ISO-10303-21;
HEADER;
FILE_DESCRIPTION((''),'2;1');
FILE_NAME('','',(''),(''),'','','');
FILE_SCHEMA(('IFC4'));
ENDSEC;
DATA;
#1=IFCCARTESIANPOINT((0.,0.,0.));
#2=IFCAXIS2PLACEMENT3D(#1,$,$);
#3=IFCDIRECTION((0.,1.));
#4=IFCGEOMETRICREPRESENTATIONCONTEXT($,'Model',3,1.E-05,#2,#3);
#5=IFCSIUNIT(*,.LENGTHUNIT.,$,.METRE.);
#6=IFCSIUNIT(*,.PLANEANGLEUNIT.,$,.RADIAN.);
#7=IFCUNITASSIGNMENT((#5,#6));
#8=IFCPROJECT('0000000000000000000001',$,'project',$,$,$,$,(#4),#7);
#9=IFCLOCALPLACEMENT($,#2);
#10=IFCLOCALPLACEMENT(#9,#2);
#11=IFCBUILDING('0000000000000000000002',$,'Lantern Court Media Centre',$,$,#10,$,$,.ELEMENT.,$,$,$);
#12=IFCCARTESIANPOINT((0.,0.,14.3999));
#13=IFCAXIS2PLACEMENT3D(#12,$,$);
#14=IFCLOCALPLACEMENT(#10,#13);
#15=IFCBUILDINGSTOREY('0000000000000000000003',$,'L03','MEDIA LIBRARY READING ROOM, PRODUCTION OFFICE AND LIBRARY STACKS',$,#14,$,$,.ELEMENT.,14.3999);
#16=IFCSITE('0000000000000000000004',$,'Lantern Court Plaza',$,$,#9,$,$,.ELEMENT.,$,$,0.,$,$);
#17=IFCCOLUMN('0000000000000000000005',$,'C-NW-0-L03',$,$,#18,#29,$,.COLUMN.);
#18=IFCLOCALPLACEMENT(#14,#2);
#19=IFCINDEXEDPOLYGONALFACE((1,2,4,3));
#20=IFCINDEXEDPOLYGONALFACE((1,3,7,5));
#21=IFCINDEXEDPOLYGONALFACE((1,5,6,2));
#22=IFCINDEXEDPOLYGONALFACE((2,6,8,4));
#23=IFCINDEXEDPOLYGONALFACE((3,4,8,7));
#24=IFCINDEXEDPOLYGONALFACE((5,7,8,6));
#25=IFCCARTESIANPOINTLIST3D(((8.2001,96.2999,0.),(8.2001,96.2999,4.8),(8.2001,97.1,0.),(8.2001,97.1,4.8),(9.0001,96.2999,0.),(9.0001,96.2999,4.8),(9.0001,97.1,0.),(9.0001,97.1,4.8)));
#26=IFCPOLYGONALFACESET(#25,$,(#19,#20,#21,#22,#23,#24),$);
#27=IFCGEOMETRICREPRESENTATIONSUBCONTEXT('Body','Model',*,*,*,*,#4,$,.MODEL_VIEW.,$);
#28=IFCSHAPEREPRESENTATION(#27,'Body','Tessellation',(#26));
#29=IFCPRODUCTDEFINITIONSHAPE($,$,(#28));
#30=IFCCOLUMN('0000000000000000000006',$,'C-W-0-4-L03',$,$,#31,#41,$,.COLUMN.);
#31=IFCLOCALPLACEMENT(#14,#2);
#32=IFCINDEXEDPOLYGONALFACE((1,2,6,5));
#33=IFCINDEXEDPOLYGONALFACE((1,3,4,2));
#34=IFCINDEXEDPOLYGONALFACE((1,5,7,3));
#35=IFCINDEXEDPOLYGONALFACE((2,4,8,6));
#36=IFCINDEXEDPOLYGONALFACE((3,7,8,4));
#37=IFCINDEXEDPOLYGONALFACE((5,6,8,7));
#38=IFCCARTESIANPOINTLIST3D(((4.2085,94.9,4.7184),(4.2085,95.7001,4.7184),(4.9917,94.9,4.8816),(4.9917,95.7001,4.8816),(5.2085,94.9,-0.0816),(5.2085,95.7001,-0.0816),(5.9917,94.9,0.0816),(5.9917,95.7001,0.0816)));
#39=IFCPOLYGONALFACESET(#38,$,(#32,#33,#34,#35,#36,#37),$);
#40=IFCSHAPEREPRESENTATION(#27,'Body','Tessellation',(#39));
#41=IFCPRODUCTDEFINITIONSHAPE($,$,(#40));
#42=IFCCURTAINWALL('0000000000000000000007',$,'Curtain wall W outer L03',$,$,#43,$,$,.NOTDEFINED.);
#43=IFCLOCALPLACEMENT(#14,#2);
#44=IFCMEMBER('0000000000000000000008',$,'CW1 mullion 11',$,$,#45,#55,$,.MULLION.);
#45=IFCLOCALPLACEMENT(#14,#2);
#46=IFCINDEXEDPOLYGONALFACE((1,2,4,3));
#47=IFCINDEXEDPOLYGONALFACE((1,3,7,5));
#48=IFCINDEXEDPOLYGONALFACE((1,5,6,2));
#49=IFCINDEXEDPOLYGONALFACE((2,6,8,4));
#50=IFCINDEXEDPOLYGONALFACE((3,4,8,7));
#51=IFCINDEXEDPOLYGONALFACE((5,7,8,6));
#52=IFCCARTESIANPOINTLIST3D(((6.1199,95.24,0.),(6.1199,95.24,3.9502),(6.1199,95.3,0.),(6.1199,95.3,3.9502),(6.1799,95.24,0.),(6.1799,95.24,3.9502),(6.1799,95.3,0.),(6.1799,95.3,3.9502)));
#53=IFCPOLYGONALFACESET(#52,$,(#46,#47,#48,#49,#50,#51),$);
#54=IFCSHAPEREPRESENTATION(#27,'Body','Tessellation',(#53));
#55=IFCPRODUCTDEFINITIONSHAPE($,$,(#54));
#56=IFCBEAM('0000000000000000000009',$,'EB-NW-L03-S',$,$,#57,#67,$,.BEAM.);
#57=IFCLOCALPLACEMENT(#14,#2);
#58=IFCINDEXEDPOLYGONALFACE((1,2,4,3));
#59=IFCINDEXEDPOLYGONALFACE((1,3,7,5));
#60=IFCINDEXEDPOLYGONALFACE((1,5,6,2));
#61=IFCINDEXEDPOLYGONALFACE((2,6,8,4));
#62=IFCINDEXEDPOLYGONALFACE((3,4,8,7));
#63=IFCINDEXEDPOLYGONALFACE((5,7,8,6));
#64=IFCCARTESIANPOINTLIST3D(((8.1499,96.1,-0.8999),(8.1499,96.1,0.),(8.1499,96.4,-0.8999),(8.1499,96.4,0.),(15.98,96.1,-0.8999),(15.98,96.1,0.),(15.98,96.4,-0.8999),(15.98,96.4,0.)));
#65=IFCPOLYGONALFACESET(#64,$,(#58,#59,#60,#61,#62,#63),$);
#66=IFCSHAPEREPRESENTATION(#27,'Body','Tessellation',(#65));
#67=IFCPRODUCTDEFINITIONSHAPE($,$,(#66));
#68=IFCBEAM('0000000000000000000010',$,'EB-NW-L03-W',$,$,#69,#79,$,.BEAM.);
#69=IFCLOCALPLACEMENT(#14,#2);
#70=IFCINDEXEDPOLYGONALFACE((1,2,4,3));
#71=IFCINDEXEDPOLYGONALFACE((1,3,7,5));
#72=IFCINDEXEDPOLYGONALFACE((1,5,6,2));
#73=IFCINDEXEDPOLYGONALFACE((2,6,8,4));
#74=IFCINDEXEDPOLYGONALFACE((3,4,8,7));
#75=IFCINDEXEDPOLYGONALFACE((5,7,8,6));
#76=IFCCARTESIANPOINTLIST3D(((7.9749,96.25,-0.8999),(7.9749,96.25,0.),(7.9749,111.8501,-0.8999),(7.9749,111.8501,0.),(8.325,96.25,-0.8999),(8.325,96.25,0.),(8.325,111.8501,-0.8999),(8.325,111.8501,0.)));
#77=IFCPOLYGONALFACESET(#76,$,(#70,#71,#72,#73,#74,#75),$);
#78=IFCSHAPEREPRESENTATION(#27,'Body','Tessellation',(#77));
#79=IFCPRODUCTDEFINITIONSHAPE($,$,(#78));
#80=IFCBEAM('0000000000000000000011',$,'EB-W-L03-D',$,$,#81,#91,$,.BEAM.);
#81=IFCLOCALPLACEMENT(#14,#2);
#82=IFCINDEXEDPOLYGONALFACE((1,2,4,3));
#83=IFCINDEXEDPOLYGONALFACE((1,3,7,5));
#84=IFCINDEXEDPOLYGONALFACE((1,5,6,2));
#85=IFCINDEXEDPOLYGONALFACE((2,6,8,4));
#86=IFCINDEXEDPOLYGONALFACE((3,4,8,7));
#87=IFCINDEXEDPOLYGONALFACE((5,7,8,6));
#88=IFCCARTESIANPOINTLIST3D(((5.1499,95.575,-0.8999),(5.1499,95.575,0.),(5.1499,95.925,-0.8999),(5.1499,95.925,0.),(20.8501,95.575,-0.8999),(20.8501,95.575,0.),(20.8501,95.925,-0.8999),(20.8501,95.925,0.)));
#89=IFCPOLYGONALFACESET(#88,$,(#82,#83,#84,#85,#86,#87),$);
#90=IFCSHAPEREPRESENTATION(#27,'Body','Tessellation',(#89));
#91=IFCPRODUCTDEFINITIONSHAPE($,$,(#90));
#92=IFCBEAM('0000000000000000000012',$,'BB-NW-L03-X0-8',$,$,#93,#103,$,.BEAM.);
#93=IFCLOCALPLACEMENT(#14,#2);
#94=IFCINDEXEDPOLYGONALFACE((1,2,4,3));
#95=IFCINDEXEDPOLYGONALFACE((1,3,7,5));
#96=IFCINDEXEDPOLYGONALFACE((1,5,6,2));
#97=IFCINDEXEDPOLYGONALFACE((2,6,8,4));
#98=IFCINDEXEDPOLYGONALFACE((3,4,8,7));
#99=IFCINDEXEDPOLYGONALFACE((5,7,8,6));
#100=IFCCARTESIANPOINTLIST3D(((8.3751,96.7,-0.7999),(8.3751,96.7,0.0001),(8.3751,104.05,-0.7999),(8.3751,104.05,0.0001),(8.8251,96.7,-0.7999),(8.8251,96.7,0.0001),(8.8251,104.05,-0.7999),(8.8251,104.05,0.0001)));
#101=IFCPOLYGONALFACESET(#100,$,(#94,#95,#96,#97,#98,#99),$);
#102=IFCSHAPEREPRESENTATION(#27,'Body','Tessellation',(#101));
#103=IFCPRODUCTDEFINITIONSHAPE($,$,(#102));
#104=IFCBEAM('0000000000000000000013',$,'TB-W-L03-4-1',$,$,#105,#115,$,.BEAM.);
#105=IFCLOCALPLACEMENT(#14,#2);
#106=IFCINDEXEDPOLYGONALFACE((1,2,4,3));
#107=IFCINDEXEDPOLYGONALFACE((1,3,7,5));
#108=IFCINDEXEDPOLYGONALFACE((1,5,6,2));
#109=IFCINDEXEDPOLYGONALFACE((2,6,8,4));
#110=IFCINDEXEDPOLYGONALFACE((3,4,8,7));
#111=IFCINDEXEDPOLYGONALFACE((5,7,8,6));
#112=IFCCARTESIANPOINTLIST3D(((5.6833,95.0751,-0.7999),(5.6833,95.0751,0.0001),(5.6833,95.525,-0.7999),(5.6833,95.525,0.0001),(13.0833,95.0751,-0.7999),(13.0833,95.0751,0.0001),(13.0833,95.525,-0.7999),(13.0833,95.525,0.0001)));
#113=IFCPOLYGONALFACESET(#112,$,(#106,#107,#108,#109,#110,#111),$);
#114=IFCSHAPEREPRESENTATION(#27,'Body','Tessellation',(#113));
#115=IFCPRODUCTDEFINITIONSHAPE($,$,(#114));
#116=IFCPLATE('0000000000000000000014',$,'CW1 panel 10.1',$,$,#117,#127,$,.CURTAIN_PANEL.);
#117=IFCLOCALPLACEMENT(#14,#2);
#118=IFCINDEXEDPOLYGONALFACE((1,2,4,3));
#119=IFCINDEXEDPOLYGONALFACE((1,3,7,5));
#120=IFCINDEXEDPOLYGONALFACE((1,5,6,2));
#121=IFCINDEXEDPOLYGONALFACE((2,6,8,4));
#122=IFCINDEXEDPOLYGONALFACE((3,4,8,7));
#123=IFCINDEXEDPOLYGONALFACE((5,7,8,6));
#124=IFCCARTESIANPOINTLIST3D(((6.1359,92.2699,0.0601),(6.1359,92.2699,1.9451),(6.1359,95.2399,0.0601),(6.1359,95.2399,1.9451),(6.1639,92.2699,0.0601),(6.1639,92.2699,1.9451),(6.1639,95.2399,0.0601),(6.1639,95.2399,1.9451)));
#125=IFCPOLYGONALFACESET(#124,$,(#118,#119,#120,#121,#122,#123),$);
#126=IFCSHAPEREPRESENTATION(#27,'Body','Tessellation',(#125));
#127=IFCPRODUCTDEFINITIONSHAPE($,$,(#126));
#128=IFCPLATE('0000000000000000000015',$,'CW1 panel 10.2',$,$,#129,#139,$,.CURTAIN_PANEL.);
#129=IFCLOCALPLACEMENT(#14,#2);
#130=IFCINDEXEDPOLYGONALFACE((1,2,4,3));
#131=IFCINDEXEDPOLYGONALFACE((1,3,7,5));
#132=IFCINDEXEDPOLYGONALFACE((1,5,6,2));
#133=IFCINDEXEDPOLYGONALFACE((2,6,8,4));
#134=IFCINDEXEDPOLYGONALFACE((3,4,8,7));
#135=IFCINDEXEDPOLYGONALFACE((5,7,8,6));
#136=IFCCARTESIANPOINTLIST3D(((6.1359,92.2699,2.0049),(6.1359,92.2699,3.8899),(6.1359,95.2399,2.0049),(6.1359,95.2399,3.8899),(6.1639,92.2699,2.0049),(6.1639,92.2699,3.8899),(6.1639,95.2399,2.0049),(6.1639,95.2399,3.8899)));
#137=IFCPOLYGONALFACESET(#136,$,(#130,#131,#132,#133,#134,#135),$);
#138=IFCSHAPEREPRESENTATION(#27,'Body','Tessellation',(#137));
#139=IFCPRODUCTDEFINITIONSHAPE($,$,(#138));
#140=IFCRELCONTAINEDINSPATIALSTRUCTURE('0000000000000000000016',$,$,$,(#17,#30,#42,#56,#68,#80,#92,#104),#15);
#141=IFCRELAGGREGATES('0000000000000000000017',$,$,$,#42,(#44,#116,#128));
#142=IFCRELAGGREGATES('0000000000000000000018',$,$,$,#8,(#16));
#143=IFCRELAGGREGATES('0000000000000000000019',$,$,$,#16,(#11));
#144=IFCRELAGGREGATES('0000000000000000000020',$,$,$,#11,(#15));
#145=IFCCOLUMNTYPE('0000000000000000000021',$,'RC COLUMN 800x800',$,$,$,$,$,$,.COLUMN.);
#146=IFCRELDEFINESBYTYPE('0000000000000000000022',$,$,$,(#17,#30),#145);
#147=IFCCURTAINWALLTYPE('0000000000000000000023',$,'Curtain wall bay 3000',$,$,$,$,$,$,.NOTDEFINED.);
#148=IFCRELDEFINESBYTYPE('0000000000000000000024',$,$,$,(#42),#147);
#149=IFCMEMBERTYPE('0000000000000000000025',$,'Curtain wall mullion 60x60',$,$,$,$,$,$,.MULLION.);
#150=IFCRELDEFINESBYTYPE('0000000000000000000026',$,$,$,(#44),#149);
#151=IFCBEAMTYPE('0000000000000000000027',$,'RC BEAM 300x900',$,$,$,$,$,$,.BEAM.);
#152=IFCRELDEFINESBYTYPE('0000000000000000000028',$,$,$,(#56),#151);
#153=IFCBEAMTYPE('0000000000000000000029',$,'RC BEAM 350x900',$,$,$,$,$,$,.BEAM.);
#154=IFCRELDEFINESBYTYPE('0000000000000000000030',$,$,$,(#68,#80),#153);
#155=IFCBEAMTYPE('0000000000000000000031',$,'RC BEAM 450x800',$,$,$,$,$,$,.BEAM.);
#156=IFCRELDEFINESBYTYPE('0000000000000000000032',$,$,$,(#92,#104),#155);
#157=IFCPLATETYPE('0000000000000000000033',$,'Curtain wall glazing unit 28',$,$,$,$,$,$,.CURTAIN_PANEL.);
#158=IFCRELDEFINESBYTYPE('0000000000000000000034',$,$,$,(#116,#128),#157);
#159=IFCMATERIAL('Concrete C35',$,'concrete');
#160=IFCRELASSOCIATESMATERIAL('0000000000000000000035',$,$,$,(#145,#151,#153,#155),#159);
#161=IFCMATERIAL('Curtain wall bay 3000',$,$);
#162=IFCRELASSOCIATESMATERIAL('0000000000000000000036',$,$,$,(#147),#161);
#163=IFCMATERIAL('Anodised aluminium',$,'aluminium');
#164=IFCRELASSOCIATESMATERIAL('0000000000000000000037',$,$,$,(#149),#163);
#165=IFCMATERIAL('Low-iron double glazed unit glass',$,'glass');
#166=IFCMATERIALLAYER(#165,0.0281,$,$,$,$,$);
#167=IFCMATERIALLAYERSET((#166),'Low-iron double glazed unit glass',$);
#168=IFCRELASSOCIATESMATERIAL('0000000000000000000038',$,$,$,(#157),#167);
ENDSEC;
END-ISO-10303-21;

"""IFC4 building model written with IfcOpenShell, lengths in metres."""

from ifc_helpers import new_model, si_unit, direction, frame, origin, origin_2d, place, context, subcontext, project, spatial, rectangle, extrude, material, layer, layer_set, material_profile, profile_set, type_object, element, aggregate, save


model = new_model("IFC4")

# Units and contexts
model_context = context("Model", 3, precision=1e-05, world=origin(), true_north=direction((0.0, 1.0)))
body_context = subcontext(model_context, "Body", "Model", "MODEL_VIEW")
ifc_project = project(units=[si_unit("LENGTHUNIT", "METRE"), si_unit("PLANEANGLEUNIT", "RADIAN")], contexts=[model_context])

# Site, building, storey
site_placement = place(None, origin())
site = spatial("IfcSite", under=ifc_project, at=site_placement, Name="Lantern Court Plaza", CompositionType="ELEMENT", RefElevation=0.0)
building_placement = place(site_placement, origin())
building = spatial("IfcBuilding", under=site, at=building_placement, Name="Lantern Court Media Centre", CompositionType="ELEMENT")
storey_placement = place(building_placement, frame((0.0, 0.0, 14.3999)))
storey = spatial("IfcBuildingStorey", under=building, at=storey_placement, Name="L03", Description="MEDIA LIBRARY READING ROOM, PRODUCTION OFFICE AND LIBRARY STACKS", CompositionType="ELEMENT", Elevation=14.3999)

# Columns
ifc_material_1 = material(Name="Concrete C35", Category="concrete")
ifc_material_profile_1 = material_profile(ifc_material_1, rectangle(XDim=0.8, YDim=0.8, at=origin_2d()), Name="RC 800x800")
ifc_profile_set_1 = profile_set([ifc_material_profile_1], Name="Concrete C35")
column_type = type_object("IfcColumnType", Name="RC COLUMN 800x800", PredefinedType="COLUMN", material=ifc_profile_set_1)
column_1_placement = place(storey_placement, frame((8.6001, 96.7, 0.0), z_axis=(0.0, 0.0, 1.0), x_axis=(1.0, 0.0, 0.0)))
element("IfcColumn", 1, at=column_1_placement, inside=storey, type_object=column_type, Name="C-NW-0-L03", PredefinedType="COLUMN", context=body_context, shape_type="SweptSolid", body=[
    extrude(rectangle(XDim=0.8, YDim=0.8, at=origin_2d()), origin(), (0.0, 0.0, 1.0), 4.8),
])
column_2_placement = place(storey_placement, frame((5.6001, 95.3, 0.0), z_axis=(-0.203952, 0.0, 0.978981), x_axis=(0.0, -1.0, 0.0)))
element("IfcColumn", 2, at=column_2_placement, inside=storey, type_object=column_type, Name="C-W-0-4-L03", PredefinedType="COLUMN", context=body_context, shape_type="SweptSolid", body=[
    extrude(rectangle(XDim=0.8, YDim=0.8, at=origin_2d()), origin(), (0.0, 0.0, 1.0), 4.9031),
])

# Curtain wall, member
ifc_material_2 = material(Name="Curtain wall bay 3000")
curtain_wall_type = type_object("IfcCurtainWallType", Name="Curtain wall bay 3000", PredefinedType="NOTDEFINED", material=ifc_material_2)
curtain_wall_placement = place(storey_placement, origin())
curtain_wall = element("IfcCurtainWall", 3, at=curtain_wall_placement, inside=storey, type_object=curtain_wall_type, Name="Curtain wall W outer L03", PredefinedType="NOTDEFINED")
ifc_material_3 = material(Name="Anodised aluminium", Category="aluminium")
ifc_material_profile_2 = material_profile(ifc_material_3, rectangle(XDim=0.0601, YDim=0.0601, at=origin_2d()), Name="AL 60x60")
ifc_profile_set_2 = profile_set([ifc_material_profile_2], Name="Anodised aluminium")
member_type = type_object("IfcMemberType", Name="Curtain wall mullion 60x60", PredefinedType="MULLION", material=ifc_profile_set_2)
member_placement = place(storey_placement, frame((6.1499, 95.27, 0.0), z_axis=(0.0, 0.0, 1.0), x_axis=(-1.0, 0.0, 0.0)))
member = element("IfcMember", 4, at=member_placement, type_object=member_type, Name="CW1 mullion 11", PredefinedType="MULLION", context=body_context, shape_type="SweptSolid", body=[
    extrude(rectangle(XDim=0.0601, YDim=0.0601, at=origin_2d()), origin(), (0.0, 0.0, 1.0), 3.9502),
])

# Beams
ifc_material_profile_3 = material_profile(ifc_material_1, rectangle(XDim=0.3, YDim=0.8999, at=origin_2d()), Name="RC 300x900")
ifc_profile_set_3 = profile_set([ifc_material_profile_3], Name="Concrete C35")
beam_type_1 = type_object("IfcBeamType", Name="RC BEAM 300x900", PredefinedType="BEAM", material=ifc_profile_set_3)
beam_1_placement = place(storey_placement, frame((8.1499, 96.25, -0.45), z_axis=(1.0, 0.0, 0.0), x_axis=(0.0, 1.0, 0.0)))
element("IfcBeam", 5, at=beam_1_placement, inside=storey, type_object=beam_type_1, Name="EB-NW-L03-S", PredefinedType="BEAM", context=body_context, shape_type="SweptSolid", body=[
    extrude(rectangle(XDim=0.3, YDim=0.8999, at=origin_2d()), origin(), (0.0, 0.0, 1.0), 7.8301),
])
ifc_material_profile_4 = material_profile(ifc_material_1, rectangle(XDim=0.3501, YDim=0.8999, at=origin_2d()), Name="RC 350x900")
ifc_profile_set_4 = profile_set([ifc_material_profile_4], Name="Concrete C35")
beam_type_2 = type_object("IfcBeamType", Name="RC BEAM 350x900", PredefinedType="BEAM", material=ifc_profile_set_4)
beam_2_placement = place(storey_placement, frame((8.1499, 96.25, -0.45), z_axis=(0.0, 1.0, 0.0), x_axis=(-1.0, 0.0, 0.0)))
element("IfcBeam", 6, at=beam_2_placement, inside=storey, type_object=beam_type_2, Name="EB-NW-L03-W", PredefinedType="BEAM", context=body_context, shape_type="SweptSolid", body=[
    extrude(rectangle(XDim=0.3501, YDim=0.8999, at=origin_2d()), origin(), (0.0, 0.0, 1.0), 15.6001),
])
beam_3_placement = place(storey_placement, frame((5.1499, 95.75, -0.45), z_axis=(1.0, 0.0, 0.0), x_axis=(0.0, 1.0, 0.0)))
element("IfcBeam", 7, at=beam_3_placement, inside=storey, type_object=beam_type_2, Name="EB-W-L03-D", PredefinedType="BEAM", context=body_context, shape_type="SweptSolid", body=[
    extrude(rectangle(XDim=0.3501, YDim=0.8999, at=origin_2d()), origin(), (0.0, 0.0, 1.0), 15.7002),
])
ifc_material_profile_5 = material_profile(ifc_material_1, rectangle(XDim=0.45, YDim=0.8, at=origin_2d()), Name="RC 450x800")
ifc_profile_set_5 = profile_set([ifc_material_profile_5], Name="Concrete C35")
beam_type_3 = type_object("IfcBeamType", Name="RC BEAM 450x800", PredefinedType="BEAM", material=ifc_profile_set_5)
beam_4_placement = place(storey_placement, frame((8.6001, 96.7, -0.3999), z_axis=(0.0, 1.0, 0.0), x_axis=(-1.0, 0.0, 0.0)))
element("IfcBeam", 8, at=beam_4_placement, inside=storey, type_object=beam_type_3, Name="BB-NW-L03-X0-8", PredefinedType="BEAM", context=body_context, shape_type="SweptSolid", body=[
    extrude(rectangle(XDim=0.45, YDim=0.8, at=origin_2d()), origin(), (0.0, 0.0, 1.0), 7.3501),
])
beam_5_placement = place(storey_placement, frame((5.6833, 95.3, -0.3999), z_axis=(1.0, 0.0, 0.0), x_axis=(0.0, 1.0, 0.0)))
element("IfcBeam", 9, at=beam_5_placement, inside=storey, type_object=beam_type_3, Name="TB-W-L03-4-1", PredefinedType="BEAM", context=body_context, shape_type="SweptSolid", body=[
    extrude(rectangle(XDim=0.45, YDim=0.8, at=origin_2d()), origin(), (0.0, 0.0, 1.0), 7.3999),
])

# Plates
ifc_material_4 = material(Name="Low-iron double glazed unit glass", Category="glass")
ifc_layer_1 = layer(ifc_material_4, 0.0281)
ifc_layer_set_1 = layer_set([ifc_layer_1], Name="Low-iron double glazed unit glass")
plate_type = type_object("IfcPlateType", Name="Curtain wall glazing unit 28", PredefinedType="CURTAIN_PANEL", material=ifc_layer_set_1)
plate_1_placement = place(storey_placement, frame((6.1499, 93.7549, 0.0601), z_axis=(0.0, 0.0, 1.0), x_axis=(0.0, 1.0, 0.0)))
plate_1 = element("IfcPlate", 10, at=plate_1_placement, type_object=plate_type, Name="CW1 panel 10.1", PredefinedType="CURTAIN_PANEL", context=body_context, shape_type="SweptSolid", body=[
    extrude(rectangle(XDim=2.97, YDim=0.0281, at=origin_2d()), origin(), (0.0, 0.0, 1.0), 1.885),
])
plate_2_placement = place(storey_placement, frame((6.1499, 93.7549, 2.0049), z_axis=(0.0, 0.0, 1.0), x_axis=(0.0, 1.0, 0.0)))
plate_2 = element("IfcPlate", 11, at=plate_2_placement, type_object=plate_type, Name="CW1 panel 10.2", PredefinedType="CURTAIN_PANEL", context=body_context, shape_type="SweptSolid", body=[
    extrude(rectangle(XDim=2.97, YDim=0.0281, at=origin_2d()), origin(), (0.0, 0.0, 1.0), 1.885),
])
aggregate(curtain_wall, [member, plate_1, plate_2])

save(model, "model.ifc")
